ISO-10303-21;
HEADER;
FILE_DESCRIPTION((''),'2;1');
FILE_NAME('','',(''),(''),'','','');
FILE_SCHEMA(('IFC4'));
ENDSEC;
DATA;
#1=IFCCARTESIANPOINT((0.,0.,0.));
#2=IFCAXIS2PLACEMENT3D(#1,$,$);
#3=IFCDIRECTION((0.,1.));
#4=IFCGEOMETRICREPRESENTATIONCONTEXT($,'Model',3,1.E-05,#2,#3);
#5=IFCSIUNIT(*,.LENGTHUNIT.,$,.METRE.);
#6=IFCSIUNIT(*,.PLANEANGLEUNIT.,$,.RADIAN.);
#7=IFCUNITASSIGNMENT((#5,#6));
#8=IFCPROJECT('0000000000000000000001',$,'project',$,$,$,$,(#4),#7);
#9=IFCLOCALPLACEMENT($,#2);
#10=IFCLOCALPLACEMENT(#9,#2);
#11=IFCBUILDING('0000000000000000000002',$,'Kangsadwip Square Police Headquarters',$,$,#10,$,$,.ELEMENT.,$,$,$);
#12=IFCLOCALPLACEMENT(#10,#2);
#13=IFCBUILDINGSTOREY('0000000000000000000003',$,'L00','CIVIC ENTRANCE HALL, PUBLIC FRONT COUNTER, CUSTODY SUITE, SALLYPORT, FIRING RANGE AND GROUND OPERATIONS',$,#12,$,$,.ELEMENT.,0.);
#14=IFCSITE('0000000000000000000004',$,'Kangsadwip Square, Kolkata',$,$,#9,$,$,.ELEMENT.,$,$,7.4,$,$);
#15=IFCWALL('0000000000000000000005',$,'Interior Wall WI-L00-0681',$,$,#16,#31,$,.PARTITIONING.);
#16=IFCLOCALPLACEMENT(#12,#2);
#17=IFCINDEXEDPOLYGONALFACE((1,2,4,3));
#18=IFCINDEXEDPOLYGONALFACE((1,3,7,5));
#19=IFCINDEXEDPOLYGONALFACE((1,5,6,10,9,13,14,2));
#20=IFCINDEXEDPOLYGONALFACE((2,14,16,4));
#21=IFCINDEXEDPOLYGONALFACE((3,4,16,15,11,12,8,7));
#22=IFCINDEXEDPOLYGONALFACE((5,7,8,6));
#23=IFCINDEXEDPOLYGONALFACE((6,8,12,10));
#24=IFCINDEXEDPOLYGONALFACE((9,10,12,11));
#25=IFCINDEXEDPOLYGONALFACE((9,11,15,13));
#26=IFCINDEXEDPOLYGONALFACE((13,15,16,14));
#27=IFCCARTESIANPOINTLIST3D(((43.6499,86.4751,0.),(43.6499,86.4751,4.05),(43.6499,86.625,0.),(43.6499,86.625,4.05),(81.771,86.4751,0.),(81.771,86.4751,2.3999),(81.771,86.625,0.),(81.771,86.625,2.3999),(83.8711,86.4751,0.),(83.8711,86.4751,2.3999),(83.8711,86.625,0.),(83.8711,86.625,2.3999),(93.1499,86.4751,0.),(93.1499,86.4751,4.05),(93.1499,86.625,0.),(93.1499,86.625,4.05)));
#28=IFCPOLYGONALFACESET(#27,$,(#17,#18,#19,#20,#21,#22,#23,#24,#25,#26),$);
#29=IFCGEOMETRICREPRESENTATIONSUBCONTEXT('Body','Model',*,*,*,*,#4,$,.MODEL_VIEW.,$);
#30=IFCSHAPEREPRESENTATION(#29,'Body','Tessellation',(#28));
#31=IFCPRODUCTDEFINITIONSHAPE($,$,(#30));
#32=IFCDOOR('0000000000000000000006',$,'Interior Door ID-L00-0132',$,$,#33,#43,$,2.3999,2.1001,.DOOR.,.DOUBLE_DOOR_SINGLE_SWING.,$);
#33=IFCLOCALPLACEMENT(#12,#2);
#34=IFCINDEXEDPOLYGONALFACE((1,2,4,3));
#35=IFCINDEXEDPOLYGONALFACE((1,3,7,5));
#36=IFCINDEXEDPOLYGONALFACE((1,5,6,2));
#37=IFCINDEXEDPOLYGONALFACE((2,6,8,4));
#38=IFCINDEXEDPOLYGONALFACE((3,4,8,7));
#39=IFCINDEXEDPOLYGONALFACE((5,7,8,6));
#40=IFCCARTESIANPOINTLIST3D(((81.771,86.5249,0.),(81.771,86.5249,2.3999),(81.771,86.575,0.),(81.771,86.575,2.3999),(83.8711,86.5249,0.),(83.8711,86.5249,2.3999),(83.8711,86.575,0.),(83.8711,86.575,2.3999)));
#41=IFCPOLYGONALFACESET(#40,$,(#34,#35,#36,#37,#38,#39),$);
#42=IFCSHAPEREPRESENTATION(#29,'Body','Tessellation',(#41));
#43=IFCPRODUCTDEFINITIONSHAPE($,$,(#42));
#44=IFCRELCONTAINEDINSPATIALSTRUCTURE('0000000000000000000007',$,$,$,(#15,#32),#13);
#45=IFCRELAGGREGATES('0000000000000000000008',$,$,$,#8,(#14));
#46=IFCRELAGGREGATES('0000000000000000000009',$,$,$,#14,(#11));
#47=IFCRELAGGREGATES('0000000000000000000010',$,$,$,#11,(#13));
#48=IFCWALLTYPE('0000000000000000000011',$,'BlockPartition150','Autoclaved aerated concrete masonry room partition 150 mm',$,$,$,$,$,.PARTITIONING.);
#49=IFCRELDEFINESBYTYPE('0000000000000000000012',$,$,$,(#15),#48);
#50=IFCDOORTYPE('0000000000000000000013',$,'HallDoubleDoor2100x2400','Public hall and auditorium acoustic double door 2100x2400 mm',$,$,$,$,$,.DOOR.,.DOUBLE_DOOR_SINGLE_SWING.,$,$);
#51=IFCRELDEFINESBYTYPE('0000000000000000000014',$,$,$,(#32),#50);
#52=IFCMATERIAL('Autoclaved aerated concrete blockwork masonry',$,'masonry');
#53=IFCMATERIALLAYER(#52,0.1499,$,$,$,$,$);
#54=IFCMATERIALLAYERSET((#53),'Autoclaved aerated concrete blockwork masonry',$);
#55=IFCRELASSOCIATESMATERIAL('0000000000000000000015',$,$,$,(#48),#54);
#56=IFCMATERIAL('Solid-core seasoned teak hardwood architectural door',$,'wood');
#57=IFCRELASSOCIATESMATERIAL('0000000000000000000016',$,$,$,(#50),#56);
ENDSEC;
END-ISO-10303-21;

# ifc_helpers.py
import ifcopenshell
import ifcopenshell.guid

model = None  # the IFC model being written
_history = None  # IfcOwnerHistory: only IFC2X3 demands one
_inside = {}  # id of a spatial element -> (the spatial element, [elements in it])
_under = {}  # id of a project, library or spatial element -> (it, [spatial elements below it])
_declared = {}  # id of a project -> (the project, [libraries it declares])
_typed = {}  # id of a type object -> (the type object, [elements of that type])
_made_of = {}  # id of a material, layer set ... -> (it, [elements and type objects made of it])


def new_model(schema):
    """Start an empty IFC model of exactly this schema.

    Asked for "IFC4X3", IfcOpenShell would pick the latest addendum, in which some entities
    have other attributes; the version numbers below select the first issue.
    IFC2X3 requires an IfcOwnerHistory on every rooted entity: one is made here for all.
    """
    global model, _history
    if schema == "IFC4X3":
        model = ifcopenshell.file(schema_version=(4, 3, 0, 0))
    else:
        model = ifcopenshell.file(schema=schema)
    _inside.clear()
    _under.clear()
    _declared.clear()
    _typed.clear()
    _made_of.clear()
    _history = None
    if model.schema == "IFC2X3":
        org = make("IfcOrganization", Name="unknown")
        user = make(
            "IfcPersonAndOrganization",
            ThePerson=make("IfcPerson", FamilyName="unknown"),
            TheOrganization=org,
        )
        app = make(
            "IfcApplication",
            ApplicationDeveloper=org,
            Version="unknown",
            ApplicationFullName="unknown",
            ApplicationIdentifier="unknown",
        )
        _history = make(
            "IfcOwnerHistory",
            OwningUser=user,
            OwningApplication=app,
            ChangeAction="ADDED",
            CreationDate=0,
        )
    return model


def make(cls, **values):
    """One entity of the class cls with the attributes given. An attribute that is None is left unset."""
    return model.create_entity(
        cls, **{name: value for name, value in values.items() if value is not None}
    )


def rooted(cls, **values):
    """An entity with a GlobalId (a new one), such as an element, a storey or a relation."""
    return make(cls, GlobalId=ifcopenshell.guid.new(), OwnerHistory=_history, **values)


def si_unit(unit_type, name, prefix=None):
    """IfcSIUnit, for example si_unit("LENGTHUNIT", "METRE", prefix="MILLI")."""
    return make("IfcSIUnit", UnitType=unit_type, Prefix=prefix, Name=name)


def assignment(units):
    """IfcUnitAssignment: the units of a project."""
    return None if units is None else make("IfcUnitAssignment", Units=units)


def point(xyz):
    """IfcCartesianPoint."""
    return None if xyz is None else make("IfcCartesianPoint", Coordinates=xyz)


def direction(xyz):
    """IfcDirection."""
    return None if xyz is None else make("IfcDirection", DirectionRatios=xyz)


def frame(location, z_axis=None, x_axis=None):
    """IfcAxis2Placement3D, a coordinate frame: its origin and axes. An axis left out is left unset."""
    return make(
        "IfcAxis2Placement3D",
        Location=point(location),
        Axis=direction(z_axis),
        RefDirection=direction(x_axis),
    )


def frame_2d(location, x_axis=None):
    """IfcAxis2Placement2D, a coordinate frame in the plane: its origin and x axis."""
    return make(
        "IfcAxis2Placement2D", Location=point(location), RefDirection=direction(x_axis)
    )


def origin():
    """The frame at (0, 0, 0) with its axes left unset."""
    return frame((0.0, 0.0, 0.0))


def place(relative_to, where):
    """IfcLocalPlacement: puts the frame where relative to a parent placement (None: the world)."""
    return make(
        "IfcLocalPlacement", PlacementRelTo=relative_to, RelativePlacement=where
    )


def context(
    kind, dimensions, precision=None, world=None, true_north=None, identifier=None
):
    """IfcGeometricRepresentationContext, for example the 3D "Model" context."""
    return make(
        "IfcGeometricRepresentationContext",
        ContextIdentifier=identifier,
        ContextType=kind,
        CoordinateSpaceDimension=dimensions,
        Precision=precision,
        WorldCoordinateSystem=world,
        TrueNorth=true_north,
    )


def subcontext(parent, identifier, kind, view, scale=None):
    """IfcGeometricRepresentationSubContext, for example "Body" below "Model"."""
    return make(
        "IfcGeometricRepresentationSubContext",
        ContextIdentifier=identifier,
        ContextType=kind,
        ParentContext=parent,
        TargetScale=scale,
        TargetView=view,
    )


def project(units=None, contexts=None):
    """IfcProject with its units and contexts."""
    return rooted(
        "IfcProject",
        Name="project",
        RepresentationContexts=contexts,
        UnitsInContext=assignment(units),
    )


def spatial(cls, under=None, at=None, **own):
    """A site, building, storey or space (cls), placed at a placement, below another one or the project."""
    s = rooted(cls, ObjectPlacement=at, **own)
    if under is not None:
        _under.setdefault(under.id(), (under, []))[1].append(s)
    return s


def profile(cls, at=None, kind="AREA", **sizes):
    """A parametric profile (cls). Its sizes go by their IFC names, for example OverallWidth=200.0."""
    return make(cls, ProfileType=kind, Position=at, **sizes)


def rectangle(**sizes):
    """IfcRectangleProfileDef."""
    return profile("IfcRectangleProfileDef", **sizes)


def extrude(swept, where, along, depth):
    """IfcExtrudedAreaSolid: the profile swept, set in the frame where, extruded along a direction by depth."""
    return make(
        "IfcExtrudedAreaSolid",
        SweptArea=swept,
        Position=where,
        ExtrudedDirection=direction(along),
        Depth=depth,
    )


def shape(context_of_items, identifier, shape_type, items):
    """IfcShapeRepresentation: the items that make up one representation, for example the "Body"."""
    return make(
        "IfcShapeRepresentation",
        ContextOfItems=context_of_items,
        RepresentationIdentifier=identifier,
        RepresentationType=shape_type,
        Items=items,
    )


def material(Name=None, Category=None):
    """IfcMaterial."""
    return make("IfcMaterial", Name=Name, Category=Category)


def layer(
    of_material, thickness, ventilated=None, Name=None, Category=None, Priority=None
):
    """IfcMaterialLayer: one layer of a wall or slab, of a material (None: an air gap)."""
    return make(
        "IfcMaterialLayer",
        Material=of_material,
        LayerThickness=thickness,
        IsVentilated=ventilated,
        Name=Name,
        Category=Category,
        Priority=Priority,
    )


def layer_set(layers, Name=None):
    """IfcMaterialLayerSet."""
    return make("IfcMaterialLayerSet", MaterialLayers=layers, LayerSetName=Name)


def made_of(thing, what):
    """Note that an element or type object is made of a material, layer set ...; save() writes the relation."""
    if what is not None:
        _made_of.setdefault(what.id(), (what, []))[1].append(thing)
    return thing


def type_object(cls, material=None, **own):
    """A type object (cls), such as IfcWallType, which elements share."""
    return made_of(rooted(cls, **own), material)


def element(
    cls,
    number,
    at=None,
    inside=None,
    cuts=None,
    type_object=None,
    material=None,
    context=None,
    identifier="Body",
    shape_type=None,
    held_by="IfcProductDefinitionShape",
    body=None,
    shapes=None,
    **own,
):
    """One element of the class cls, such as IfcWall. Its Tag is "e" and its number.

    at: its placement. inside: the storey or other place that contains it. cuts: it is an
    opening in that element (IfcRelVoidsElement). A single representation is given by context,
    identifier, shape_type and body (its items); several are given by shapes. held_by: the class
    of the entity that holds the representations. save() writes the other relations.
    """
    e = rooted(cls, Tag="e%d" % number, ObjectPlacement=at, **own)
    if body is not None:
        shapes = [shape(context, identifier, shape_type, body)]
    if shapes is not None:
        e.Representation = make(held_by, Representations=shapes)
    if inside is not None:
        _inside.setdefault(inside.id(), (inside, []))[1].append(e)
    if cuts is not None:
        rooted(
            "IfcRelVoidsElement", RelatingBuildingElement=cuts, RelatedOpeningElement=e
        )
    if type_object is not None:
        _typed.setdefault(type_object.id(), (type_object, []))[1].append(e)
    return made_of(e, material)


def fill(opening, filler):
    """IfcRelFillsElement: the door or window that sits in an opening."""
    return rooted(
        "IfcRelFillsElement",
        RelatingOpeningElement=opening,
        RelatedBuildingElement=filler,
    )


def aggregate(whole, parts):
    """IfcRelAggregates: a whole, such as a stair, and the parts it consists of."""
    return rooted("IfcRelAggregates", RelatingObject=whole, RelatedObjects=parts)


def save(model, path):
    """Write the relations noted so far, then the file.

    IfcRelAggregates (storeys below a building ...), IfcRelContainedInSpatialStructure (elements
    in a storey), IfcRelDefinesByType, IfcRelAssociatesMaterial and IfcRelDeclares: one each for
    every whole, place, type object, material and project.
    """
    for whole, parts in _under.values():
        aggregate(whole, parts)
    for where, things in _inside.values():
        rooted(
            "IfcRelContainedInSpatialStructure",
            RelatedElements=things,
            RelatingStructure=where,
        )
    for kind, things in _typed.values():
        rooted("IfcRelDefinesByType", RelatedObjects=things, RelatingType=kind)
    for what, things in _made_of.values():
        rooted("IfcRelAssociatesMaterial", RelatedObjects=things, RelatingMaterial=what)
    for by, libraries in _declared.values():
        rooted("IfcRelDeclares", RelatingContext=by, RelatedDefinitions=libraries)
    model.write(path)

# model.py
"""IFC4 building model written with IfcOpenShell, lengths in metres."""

from ifc_helpers import new_model, si_unit, direction, frame, frame_2d, origin, place, context, subcontext, project, spatial, rectangle, extrude, material, layer, layer_set, type_object, element, fill, save


model = new_model("IFC4")

# Units and contexts
model_context = context("Model", 3, precision=1e-05, world=origin(), true_north=direction((0.0, 1.0)))
body_context = subcontext(model_context, "Body", "Model", "MODEL_VIEW")
ifc_project = project(units=[si_unit("LENGTHUNIT", "METRE"), si_unit("PLANEANGLEUNIT", "RADIAN")], contexts=[model_context])

# Site, building, storey
site_placement = place(None, origin())
site = spatial("IfcSite", under=ifc_project, at=site_placement, Name="Kangsadwip Square, Kolkata", CompositionType="ELEMENT", RefElevation=7.4)
building_placement = place(site_placement, origin())
building = spatial("IfcBuilding", under=site, at=building_placement, Name="Kangsadwip Square Police Headquarters", CompositionType="ELEMENT")
storey_placement = place(building_placement, origin())
storey = spatial("IfcBuildingStorey", under=building, at=storey_placement, Name="L00", Description="CIVIC ENTRANCE HALL, PUBLIC FRONT COUNTER, CUSTODY SUITE, SALLYPORT, FIRING RANGE AND GROUND OPERATIONS", CompositionType="ELEMENT", Elevation=0.0)

# Wall, opening, door
ifc_material_1 = material(Name="Autoclaved aerated concrete blockwork masonry", Category="masonry")
ifc_layer_1 = layer(ifc_material_1, 0.1499)
ifc_layer_set_1 = layer_set([ifc_layer_1], Name="Autoclaved aerated concrete blockwork masonry")
wall_type = type_object("IfcWallType", Name="BlockPartition150", Description="Autoclaved aerated concrete masonry room partition 150 mm", PredefinedType="PARTITIONING", material=ifc_layer_set_1)
wall_placement = place(storey_placement, frame((43.6499, 86.55, 0.0), z_axis=(0.0, 0.0, 1.0), x_axis=(1.0, 0.0, 0.0)))
wall = element("IfcWall", 1, at=wall_placement, inside=storey, type_object=wall_type, Name="Interior Wall WI-L00-0681", PredefinedType="PARTITIONING", context=body_context, shape_type="SweptSolid", body=[
    extrude(rectangle(XDim=49.5, YDim=0.1499, at=frame_2d((24.75, 0.0))), origin(), (0.0, 0.0, 1.0), 4.05),
])
opening_placement = place(wall_placement, frame((38.1211, 0.0, 0.0)))
opening = element("IfcOpeningElement", 2, at=opening_placement, cuts=wall, PredefinedType="OPENING", context=body_context, shape_type="SweptSolid", body=[
    extrude(rectangle(XDim=2.1001, YDim=2.3999, at=frame_2d((1.05, 1.2))), frame((0.0, 0.085, 0.0), z_axis=(0.0, -1.0, 0.0), x_axis=(1.0, 0.0, 0.0)), (0.0, 0.0, 1.0), 0.1699),
])
ifc_material_2 = material(Name="Solid-core seasoned teak hardwood architectural door", Category="wood")
door_type = type_object("IfcDoorType", Name="HallDoubleDoor2100x2400", Description="Public hall and auditorium acoustic double door 2100x2400 mm", OperationType="DOUBLE_DOOR_SINGLE_SWING", PredefinedType="DOOR", material=ifc_material_2)
door_placement = place(opening_placement, origin())
door = element("IfcDoor", 3, at=door_placement, inside=storey, type_object=door_type, Name="Interior Door ID-L00-0132", OperationType="DOUBLE_DOOR_SINGLE_SWING", OverallHeight=2.3999, OverallWidth=2.1001, PredefinedType="DOOR", context=body_context, shape_type="SweptSolid", body=[
    extrude(rectangle(XDim=2.1001, YDim=2.3999, at=frame_2d((1.05, 1.2))), frame((0.0, 0.0249, 0.0), z_axis=(0.0, -1.0, 0.0), x_axis=(1.0, 0.0, 0.0)), (0.0, 0.0, 1.0), 0.05),
])
fill(opening, door)

save(model, "model.ifc")
